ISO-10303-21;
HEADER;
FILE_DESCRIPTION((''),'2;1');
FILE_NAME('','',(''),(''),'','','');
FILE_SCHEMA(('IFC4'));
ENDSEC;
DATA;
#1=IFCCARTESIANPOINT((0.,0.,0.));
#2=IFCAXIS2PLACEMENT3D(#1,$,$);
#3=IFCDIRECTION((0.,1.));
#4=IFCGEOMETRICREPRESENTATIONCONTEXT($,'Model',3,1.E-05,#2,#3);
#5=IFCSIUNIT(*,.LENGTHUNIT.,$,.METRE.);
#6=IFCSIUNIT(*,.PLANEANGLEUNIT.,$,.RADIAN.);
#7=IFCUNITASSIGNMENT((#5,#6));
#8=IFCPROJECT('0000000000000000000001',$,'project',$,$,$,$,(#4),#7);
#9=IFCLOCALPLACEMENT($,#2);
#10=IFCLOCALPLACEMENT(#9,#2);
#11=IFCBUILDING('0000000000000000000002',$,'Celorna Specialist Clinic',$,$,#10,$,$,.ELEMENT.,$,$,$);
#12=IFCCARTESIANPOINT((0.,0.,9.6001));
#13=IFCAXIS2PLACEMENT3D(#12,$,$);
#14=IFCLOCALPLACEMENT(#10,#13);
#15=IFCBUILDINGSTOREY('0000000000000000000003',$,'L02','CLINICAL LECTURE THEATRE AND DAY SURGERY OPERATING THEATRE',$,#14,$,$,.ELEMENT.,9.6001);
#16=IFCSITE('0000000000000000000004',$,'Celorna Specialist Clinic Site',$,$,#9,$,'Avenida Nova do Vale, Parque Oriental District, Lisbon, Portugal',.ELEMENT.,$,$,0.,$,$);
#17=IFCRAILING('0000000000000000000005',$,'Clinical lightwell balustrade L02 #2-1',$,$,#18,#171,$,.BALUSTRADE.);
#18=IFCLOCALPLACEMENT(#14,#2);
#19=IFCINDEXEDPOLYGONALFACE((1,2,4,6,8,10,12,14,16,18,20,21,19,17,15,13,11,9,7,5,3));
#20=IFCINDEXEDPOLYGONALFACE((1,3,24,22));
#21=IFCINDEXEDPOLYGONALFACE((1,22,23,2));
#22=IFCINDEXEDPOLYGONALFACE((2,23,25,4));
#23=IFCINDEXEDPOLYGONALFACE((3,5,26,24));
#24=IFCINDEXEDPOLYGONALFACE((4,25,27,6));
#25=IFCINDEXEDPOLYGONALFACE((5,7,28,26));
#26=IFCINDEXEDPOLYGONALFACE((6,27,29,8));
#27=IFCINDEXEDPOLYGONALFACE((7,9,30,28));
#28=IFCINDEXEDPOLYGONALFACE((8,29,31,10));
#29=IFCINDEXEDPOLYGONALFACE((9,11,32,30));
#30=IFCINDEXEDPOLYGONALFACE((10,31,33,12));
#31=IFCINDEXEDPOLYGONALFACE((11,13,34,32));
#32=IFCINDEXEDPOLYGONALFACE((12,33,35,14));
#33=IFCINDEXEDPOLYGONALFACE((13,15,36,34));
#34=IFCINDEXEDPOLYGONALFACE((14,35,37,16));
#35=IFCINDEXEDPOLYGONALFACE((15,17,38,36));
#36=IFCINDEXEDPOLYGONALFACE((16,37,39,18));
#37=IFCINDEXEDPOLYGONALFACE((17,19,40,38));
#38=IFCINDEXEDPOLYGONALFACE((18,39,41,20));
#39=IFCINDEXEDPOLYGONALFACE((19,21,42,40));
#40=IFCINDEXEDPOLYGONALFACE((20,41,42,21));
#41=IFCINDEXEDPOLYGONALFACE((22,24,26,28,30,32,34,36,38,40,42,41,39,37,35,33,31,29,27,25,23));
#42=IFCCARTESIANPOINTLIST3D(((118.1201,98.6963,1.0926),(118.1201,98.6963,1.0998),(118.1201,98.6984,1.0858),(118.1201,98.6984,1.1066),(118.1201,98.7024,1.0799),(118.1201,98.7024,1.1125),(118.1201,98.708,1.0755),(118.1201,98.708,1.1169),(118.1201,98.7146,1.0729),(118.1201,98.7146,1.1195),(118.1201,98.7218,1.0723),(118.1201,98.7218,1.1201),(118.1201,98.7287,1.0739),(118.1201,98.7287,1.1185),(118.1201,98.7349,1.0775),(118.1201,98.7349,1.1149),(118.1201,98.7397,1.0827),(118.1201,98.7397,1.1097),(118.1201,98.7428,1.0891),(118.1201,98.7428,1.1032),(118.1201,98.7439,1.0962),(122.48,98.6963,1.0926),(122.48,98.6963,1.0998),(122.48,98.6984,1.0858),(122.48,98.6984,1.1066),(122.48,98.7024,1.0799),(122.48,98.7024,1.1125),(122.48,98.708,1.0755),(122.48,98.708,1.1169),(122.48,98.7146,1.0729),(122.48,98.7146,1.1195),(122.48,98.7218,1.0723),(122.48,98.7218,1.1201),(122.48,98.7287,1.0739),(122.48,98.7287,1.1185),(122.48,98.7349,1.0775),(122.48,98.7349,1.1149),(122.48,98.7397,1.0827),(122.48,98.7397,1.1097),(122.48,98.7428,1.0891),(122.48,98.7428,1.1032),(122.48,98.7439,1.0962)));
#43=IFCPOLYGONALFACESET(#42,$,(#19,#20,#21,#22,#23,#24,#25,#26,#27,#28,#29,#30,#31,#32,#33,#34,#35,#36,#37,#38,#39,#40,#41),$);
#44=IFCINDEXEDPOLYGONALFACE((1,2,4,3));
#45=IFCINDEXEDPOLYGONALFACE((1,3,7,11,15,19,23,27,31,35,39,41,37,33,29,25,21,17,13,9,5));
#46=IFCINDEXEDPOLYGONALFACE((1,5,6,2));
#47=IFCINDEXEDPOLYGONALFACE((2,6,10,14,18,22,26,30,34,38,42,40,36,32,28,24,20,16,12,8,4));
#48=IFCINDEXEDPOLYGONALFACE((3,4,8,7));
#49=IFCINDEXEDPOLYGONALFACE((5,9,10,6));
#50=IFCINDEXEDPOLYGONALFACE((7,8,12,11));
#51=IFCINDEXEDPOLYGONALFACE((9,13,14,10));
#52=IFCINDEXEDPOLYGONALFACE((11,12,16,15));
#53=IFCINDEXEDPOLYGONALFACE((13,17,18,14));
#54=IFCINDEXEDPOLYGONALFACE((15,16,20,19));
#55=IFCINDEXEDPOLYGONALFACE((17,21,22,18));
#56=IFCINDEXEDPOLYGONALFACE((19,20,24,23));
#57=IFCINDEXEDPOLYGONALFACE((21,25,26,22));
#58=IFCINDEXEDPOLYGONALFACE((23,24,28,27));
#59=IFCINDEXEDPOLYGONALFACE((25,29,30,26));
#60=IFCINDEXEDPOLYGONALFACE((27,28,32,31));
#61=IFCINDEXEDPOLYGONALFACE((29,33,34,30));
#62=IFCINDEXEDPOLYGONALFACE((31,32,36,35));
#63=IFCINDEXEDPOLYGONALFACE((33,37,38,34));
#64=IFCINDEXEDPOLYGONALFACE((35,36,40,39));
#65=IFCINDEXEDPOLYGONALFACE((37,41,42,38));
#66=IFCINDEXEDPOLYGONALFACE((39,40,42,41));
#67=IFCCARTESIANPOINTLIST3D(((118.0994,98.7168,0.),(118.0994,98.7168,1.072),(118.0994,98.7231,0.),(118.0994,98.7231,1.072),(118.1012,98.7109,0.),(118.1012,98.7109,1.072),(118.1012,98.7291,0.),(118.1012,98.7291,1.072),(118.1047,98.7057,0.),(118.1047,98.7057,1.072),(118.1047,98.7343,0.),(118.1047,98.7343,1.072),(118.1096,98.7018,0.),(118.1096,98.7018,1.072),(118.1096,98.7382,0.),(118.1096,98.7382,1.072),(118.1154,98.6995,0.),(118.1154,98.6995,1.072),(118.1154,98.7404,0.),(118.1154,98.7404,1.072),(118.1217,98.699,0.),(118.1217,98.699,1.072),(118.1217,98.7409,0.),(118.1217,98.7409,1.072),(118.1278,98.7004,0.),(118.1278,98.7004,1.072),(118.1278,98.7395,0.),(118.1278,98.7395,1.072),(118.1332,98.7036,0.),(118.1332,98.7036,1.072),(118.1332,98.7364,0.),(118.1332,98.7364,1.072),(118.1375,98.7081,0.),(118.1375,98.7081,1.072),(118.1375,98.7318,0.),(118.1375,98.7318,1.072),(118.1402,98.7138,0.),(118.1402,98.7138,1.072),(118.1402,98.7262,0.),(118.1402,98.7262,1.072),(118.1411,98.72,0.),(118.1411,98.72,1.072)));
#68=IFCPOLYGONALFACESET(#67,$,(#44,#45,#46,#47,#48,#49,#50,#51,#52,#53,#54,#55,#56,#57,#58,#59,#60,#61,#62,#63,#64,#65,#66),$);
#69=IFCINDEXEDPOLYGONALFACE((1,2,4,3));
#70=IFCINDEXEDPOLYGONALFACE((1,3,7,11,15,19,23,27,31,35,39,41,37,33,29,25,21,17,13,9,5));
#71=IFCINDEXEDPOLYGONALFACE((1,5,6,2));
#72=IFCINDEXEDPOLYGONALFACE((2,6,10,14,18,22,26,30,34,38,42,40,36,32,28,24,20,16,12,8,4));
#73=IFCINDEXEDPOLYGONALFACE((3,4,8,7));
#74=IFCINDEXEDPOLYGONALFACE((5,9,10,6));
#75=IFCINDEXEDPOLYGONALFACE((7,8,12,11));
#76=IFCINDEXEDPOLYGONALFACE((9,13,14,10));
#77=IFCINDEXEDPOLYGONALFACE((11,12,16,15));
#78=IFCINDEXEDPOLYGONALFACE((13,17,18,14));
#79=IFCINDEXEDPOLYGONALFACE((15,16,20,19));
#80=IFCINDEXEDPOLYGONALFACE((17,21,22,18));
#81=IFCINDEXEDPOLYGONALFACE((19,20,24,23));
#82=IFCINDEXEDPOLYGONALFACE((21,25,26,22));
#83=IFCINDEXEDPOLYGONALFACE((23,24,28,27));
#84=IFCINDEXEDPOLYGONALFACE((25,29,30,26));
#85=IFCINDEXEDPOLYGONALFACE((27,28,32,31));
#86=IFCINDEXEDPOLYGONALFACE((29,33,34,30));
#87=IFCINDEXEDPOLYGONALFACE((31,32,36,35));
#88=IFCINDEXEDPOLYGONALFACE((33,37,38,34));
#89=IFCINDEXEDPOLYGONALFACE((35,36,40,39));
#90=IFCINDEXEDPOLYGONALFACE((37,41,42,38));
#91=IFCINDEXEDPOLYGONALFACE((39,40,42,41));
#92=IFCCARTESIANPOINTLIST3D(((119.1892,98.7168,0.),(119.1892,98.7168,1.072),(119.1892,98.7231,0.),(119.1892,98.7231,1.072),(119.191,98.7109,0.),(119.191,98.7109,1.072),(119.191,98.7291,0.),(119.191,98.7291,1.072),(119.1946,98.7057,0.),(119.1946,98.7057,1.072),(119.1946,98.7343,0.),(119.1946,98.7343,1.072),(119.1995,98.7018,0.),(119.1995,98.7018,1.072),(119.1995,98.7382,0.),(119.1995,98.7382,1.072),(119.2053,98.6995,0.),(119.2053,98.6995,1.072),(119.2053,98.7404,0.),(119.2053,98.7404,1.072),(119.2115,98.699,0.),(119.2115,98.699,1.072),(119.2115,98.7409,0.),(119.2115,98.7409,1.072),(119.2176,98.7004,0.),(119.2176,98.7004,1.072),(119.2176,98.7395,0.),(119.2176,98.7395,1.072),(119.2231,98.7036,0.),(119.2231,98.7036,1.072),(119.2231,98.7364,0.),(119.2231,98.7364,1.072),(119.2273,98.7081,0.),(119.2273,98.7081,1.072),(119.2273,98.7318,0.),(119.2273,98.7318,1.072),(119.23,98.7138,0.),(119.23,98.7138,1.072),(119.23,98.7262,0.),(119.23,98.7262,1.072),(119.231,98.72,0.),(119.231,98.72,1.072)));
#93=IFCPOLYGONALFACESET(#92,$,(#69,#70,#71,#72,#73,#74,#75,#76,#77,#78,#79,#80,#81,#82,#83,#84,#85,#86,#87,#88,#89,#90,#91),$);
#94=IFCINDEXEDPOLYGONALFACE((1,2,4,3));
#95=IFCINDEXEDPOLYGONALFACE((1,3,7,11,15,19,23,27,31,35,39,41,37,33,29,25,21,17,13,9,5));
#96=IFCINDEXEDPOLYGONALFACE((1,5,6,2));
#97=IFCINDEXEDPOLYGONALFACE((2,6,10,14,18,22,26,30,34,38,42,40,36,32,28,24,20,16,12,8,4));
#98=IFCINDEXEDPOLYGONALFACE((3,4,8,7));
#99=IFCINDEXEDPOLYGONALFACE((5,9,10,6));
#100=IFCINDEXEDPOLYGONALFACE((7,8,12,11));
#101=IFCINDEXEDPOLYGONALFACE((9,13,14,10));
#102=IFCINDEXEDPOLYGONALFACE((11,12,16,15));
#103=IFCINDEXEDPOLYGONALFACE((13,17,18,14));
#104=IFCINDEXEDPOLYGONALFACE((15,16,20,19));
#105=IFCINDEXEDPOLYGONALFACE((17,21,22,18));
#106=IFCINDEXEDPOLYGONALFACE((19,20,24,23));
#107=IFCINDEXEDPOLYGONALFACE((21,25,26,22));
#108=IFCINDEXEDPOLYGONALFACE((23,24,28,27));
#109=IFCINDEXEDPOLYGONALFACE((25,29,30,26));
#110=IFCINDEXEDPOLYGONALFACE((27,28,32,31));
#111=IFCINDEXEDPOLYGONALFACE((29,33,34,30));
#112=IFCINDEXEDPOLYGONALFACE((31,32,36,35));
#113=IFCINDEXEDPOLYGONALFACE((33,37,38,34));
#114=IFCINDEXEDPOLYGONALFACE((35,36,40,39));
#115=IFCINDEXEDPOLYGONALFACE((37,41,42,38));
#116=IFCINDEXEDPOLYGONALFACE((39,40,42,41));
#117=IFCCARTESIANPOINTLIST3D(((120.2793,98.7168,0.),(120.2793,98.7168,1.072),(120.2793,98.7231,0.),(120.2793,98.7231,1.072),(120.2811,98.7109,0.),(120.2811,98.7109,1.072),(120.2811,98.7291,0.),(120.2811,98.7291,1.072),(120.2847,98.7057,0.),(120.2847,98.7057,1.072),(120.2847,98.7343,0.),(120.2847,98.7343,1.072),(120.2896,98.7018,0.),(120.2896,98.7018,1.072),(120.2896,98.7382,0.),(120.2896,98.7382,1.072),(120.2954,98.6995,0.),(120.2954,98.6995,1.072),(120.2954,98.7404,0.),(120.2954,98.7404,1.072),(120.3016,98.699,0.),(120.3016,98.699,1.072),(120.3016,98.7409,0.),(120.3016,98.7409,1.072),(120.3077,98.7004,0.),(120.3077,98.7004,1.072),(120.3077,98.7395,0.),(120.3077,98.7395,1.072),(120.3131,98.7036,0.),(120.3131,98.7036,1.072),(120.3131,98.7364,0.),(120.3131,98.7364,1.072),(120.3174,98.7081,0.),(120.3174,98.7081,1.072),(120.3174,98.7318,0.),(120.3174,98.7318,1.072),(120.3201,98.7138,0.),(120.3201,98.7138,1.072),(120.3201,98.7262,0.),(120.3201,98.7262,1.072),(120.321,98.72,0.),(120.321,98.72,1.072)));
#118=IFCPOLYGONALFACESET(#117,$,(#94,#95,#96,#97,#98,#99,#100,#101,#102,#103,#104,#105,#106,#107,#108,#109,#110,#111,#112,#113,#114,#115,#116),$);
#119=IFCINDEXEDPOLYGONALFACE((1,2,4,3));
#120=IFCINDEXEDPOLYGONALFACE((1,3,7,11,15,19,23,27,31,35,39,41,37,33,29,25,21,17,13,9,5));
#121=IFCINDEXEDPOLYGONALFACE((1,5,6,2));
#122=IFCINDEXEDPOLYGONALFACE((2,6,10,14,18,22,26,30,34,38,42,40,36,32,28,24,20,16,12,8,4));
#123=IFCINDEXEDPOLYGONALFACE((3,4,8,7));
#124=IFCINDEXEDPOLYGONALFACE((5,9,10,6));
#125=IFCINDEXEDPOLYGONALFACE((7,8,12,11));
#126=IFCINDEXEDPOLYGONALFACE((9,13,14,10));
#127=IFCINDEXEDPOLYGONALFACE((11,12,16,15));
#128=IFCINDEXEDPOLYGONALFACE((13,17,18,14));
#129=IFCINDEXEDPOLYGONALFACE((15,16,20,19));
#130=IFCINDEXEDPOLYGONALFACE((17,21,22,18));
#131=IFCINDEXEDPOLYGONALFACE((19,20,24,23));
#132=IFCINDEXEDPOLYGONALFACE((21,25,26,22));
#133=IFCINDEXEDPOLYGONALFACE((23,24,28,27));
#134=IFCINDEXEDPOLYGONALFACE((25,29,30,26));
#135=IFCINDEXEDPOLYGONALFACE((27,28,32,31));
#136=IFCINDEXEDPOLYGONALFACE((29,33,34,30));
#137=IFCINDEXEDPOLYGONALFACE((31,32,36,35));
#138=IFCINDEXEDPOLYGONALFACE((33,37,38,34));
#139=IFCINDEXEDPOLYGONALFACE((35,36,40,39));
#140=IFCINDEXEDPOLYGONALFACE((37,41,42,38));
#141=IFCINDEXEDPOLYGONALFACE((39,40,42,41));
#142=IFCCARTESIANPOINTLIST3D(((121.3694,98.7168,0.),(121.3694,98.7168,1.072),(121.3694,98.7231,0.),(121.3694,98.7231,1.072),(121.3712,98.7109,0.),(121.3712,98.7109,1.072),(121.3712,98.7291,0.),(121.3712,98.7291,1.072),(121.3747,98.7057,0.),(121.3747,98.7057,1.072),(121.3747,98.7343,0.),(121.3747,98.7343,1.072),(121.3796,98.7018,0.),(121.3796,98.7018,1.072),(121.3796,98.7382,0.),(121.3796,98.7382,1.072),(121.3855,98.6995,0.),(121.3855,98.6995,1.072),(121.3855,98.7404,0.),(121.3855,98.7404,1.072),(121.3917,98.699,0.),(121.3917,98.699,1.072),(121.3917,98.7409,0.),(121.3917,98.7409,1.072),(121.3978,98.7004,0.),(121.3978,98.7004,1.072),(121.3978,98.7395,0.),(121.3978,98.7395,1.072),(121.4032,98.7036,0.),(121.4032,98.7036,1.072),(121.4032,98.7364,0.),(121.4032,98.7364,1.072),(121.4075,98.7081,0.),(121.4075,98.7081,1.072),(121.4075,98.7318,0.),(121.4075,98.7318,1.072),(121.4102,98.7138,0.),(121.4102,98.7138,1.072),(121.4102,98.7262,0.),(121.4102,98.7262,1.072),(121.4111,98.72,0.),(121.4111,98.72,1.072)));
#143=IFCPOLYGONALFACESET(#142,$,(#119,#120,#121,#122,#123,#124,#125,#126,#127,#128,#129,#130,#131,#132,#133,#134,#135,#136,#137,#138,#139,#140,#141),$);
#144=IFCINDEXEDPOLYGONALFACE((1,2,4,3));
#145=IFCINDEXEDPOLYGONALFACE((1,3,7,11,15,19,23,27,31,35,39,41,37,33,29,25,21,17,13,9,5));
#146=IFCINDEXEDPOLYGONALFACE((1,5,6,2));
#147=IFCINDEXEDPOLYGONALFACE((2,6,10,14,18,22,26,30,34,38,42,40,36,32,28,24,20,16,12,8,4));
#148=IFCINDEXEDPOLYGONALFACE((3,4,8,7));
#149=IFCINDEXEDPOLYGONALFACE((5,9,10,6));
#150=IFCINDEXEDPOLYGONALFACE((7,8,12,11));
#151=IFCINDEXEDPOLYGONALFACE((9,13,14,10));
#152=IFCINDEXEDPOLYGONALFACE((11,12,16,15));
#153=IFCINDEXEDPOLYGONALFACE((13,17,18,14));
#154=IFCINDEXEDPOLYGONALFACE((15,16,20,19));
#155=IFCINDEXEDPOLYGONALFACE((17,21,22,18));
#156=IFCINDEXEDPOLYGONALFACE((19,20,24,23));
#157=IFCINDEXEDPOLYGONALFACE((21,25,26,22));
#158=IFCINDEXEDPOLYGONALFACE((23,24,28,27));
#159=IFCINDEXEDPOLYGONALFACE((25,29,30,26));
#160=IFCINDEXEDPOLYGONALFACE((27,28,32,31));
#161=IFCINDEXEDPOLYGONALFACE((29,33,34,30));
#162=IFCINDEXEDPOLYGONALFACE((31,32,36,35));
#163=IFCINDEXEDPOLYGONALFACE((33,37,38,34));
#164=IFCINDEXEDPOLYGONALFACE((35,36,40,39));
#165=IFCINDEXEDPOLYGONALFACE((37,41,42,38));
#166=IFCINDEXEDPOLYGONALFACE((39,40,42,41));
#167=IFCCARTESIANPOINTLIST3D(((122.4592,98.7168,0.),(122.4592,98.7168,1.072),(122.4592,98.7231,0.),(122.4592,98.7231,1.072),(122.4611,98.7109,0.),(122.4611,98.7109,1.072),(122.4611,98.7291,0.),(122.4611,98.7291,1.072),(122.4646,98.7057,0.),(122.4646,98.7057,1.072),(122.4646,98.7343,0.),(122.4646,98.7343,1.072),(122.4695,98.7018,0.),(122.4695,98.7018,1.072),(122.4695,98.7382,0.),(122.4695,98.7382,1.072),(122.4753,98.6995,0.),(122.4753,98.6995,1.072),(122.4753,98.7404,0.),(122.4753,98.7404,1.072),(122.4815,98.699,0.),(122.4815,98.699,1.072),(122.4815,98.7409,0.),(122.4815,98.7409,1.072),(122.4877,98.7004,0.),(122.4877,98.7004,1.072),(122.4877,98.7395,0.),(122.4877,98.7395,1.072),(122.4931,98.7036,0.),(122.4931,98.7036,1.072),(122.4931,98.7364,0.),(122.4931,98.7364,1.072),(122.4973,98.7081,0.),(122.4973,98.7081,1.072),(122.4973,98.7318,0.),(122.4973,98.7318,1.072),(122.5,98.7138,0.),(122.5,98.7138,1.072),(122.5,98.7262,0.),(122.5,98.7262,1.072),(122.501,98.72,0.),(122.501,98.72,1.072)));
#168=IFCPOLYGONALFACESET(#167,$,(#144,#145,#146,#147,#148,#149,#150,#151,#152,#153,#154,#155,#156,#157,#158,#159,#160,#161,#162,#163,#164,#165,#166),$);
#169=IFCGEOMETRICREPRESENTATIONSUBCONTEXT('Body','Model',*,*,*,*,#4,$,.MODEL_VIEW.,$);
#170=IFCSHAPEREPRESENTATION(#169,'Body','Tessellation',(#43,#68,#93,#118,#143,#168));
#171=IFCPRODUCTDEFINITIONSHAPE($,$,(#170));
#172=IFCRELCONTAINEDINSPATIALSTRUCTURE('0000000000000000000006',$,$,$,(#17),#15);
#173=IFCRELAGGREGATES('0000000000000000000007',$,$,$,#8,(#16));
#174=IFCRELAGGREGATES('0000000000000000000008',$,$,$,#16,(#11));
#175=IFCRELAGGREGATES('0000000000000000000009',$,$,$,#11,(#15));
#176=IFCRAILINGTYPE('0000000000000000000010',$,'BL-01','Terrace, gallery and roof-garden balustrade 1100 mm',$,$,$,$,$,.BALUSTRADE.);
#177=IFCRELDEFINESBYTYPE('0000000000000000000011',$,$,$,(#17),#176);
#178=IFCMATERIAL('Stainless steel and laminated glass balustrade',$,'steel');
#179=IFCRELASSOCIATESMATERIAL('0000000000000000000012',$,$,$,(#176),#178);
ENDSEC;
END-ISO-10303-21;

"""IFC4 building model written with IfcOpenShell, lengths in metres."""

from ifc_helpers import new_model, si_unit, direction, frame, origin, origin_2d, place, context, subcontext, project, spatial, circle, extrude, material, type_object, element, save


model = new_model("IFC4")

# Units and contexts
model_context = context("Model", 3, precision=1e-05, world=origin(), true_north=direction((0.0, 1.0)))
body_context = subcontext(model_context, "Body", "Model", "MODEL_VIEW")
ifc_project = project(units=[si_unit("LENGTHUNIT", "METRE"), si_unit("PLANEANGLEUNIT", "RADIAN")], contexts=[model_context])

# Site, building, storey
site_placement = place(None, origin())
site = spatial("IfcSite", under=ifc_project, at=site_placement, Name="Celorna Specialist Clinic Site", LongName="Avenida Nova do Vale, Parque Oriental District, Lisbon, Portugal", CompositionType="ELEMENT", RefElevation=0.0)
building_placement = place(site_placement, origin())
building = spatial("IfcBuilding", under=site, at=building_placement, Name="Celorna Specialist Clinic", CompositionType="ELEMENT")
storey_placement = place(building_placement, frame((0.0, 0.0, 9.6001)))
storey = spatial("IfcBuildingStorey", under=building, at=storey_placement, Name="L02", Description="CLINICAL LECTURE THEATRE AND DAY SURGERY OPERATING THEATRE", CompositionType="ELEMENT", Elevation=9.6001)

# Railing
ifc_material_1 = material(Name="Stainless steel and laminated glass balustrade", Category="steel")
railing_type_1 = type_object("IfcRailingType", Name="BL-01", Description="Terrace, gallery and roof-garden balustrade 1100 mm", PredefinedType="BALUSTRADE", material=ifc_material_1)
railing_1_placement = place(storey_placement, frame((118.1201, 98.72, 0.0)))
element("IfcRailing", 1, at=railing_1_placement, inside=storey, type_object=railing_type_1, Name="Clinical lightwell balustrade L02 #2-1", PredefinedType="BALUSTRADE", context=body_context, shape_type="SweptSolid", body=[
    extrude(circle(Radius=0.0239, at=origin_2d()), frame((0.0, 0.0, 1.0962), z_axis=(1.0, 0.0, 0.0), x_axis=(0.0, 1.0, 0.0)), (0.0, 0.0, 1.0), 4.3599),
    extrude(circle(Radius=0.021, at=origin_2d()), origin(), (0.0, 0.0, 1.0), 1.072),
    extrude(circle(Radius=0.021, at=origin_2d()), frame((1.0898, 0.0, 0.0)), (0.0, 0.0, 1.0), 1.072),
    extrude(circle(Radius=0.021, at=origin_2d()), frame((2.1799, 0.0, 0.0)), (0.0, 0.0, 1.0), 1.072),
    extrude(circle(Radius=0.021, at=origin_2d()), frame((3.27, 0.0, 0.0)), (0.0, 0.0, 1.0), 1.072),
    extrude(circle(Radius=0.021, at=origin_2d()), frame((4.3599, 0.0, 0.0)), (0.0, 0.0, 1.0), 1.072),
])

save(model, "model.ifc")
